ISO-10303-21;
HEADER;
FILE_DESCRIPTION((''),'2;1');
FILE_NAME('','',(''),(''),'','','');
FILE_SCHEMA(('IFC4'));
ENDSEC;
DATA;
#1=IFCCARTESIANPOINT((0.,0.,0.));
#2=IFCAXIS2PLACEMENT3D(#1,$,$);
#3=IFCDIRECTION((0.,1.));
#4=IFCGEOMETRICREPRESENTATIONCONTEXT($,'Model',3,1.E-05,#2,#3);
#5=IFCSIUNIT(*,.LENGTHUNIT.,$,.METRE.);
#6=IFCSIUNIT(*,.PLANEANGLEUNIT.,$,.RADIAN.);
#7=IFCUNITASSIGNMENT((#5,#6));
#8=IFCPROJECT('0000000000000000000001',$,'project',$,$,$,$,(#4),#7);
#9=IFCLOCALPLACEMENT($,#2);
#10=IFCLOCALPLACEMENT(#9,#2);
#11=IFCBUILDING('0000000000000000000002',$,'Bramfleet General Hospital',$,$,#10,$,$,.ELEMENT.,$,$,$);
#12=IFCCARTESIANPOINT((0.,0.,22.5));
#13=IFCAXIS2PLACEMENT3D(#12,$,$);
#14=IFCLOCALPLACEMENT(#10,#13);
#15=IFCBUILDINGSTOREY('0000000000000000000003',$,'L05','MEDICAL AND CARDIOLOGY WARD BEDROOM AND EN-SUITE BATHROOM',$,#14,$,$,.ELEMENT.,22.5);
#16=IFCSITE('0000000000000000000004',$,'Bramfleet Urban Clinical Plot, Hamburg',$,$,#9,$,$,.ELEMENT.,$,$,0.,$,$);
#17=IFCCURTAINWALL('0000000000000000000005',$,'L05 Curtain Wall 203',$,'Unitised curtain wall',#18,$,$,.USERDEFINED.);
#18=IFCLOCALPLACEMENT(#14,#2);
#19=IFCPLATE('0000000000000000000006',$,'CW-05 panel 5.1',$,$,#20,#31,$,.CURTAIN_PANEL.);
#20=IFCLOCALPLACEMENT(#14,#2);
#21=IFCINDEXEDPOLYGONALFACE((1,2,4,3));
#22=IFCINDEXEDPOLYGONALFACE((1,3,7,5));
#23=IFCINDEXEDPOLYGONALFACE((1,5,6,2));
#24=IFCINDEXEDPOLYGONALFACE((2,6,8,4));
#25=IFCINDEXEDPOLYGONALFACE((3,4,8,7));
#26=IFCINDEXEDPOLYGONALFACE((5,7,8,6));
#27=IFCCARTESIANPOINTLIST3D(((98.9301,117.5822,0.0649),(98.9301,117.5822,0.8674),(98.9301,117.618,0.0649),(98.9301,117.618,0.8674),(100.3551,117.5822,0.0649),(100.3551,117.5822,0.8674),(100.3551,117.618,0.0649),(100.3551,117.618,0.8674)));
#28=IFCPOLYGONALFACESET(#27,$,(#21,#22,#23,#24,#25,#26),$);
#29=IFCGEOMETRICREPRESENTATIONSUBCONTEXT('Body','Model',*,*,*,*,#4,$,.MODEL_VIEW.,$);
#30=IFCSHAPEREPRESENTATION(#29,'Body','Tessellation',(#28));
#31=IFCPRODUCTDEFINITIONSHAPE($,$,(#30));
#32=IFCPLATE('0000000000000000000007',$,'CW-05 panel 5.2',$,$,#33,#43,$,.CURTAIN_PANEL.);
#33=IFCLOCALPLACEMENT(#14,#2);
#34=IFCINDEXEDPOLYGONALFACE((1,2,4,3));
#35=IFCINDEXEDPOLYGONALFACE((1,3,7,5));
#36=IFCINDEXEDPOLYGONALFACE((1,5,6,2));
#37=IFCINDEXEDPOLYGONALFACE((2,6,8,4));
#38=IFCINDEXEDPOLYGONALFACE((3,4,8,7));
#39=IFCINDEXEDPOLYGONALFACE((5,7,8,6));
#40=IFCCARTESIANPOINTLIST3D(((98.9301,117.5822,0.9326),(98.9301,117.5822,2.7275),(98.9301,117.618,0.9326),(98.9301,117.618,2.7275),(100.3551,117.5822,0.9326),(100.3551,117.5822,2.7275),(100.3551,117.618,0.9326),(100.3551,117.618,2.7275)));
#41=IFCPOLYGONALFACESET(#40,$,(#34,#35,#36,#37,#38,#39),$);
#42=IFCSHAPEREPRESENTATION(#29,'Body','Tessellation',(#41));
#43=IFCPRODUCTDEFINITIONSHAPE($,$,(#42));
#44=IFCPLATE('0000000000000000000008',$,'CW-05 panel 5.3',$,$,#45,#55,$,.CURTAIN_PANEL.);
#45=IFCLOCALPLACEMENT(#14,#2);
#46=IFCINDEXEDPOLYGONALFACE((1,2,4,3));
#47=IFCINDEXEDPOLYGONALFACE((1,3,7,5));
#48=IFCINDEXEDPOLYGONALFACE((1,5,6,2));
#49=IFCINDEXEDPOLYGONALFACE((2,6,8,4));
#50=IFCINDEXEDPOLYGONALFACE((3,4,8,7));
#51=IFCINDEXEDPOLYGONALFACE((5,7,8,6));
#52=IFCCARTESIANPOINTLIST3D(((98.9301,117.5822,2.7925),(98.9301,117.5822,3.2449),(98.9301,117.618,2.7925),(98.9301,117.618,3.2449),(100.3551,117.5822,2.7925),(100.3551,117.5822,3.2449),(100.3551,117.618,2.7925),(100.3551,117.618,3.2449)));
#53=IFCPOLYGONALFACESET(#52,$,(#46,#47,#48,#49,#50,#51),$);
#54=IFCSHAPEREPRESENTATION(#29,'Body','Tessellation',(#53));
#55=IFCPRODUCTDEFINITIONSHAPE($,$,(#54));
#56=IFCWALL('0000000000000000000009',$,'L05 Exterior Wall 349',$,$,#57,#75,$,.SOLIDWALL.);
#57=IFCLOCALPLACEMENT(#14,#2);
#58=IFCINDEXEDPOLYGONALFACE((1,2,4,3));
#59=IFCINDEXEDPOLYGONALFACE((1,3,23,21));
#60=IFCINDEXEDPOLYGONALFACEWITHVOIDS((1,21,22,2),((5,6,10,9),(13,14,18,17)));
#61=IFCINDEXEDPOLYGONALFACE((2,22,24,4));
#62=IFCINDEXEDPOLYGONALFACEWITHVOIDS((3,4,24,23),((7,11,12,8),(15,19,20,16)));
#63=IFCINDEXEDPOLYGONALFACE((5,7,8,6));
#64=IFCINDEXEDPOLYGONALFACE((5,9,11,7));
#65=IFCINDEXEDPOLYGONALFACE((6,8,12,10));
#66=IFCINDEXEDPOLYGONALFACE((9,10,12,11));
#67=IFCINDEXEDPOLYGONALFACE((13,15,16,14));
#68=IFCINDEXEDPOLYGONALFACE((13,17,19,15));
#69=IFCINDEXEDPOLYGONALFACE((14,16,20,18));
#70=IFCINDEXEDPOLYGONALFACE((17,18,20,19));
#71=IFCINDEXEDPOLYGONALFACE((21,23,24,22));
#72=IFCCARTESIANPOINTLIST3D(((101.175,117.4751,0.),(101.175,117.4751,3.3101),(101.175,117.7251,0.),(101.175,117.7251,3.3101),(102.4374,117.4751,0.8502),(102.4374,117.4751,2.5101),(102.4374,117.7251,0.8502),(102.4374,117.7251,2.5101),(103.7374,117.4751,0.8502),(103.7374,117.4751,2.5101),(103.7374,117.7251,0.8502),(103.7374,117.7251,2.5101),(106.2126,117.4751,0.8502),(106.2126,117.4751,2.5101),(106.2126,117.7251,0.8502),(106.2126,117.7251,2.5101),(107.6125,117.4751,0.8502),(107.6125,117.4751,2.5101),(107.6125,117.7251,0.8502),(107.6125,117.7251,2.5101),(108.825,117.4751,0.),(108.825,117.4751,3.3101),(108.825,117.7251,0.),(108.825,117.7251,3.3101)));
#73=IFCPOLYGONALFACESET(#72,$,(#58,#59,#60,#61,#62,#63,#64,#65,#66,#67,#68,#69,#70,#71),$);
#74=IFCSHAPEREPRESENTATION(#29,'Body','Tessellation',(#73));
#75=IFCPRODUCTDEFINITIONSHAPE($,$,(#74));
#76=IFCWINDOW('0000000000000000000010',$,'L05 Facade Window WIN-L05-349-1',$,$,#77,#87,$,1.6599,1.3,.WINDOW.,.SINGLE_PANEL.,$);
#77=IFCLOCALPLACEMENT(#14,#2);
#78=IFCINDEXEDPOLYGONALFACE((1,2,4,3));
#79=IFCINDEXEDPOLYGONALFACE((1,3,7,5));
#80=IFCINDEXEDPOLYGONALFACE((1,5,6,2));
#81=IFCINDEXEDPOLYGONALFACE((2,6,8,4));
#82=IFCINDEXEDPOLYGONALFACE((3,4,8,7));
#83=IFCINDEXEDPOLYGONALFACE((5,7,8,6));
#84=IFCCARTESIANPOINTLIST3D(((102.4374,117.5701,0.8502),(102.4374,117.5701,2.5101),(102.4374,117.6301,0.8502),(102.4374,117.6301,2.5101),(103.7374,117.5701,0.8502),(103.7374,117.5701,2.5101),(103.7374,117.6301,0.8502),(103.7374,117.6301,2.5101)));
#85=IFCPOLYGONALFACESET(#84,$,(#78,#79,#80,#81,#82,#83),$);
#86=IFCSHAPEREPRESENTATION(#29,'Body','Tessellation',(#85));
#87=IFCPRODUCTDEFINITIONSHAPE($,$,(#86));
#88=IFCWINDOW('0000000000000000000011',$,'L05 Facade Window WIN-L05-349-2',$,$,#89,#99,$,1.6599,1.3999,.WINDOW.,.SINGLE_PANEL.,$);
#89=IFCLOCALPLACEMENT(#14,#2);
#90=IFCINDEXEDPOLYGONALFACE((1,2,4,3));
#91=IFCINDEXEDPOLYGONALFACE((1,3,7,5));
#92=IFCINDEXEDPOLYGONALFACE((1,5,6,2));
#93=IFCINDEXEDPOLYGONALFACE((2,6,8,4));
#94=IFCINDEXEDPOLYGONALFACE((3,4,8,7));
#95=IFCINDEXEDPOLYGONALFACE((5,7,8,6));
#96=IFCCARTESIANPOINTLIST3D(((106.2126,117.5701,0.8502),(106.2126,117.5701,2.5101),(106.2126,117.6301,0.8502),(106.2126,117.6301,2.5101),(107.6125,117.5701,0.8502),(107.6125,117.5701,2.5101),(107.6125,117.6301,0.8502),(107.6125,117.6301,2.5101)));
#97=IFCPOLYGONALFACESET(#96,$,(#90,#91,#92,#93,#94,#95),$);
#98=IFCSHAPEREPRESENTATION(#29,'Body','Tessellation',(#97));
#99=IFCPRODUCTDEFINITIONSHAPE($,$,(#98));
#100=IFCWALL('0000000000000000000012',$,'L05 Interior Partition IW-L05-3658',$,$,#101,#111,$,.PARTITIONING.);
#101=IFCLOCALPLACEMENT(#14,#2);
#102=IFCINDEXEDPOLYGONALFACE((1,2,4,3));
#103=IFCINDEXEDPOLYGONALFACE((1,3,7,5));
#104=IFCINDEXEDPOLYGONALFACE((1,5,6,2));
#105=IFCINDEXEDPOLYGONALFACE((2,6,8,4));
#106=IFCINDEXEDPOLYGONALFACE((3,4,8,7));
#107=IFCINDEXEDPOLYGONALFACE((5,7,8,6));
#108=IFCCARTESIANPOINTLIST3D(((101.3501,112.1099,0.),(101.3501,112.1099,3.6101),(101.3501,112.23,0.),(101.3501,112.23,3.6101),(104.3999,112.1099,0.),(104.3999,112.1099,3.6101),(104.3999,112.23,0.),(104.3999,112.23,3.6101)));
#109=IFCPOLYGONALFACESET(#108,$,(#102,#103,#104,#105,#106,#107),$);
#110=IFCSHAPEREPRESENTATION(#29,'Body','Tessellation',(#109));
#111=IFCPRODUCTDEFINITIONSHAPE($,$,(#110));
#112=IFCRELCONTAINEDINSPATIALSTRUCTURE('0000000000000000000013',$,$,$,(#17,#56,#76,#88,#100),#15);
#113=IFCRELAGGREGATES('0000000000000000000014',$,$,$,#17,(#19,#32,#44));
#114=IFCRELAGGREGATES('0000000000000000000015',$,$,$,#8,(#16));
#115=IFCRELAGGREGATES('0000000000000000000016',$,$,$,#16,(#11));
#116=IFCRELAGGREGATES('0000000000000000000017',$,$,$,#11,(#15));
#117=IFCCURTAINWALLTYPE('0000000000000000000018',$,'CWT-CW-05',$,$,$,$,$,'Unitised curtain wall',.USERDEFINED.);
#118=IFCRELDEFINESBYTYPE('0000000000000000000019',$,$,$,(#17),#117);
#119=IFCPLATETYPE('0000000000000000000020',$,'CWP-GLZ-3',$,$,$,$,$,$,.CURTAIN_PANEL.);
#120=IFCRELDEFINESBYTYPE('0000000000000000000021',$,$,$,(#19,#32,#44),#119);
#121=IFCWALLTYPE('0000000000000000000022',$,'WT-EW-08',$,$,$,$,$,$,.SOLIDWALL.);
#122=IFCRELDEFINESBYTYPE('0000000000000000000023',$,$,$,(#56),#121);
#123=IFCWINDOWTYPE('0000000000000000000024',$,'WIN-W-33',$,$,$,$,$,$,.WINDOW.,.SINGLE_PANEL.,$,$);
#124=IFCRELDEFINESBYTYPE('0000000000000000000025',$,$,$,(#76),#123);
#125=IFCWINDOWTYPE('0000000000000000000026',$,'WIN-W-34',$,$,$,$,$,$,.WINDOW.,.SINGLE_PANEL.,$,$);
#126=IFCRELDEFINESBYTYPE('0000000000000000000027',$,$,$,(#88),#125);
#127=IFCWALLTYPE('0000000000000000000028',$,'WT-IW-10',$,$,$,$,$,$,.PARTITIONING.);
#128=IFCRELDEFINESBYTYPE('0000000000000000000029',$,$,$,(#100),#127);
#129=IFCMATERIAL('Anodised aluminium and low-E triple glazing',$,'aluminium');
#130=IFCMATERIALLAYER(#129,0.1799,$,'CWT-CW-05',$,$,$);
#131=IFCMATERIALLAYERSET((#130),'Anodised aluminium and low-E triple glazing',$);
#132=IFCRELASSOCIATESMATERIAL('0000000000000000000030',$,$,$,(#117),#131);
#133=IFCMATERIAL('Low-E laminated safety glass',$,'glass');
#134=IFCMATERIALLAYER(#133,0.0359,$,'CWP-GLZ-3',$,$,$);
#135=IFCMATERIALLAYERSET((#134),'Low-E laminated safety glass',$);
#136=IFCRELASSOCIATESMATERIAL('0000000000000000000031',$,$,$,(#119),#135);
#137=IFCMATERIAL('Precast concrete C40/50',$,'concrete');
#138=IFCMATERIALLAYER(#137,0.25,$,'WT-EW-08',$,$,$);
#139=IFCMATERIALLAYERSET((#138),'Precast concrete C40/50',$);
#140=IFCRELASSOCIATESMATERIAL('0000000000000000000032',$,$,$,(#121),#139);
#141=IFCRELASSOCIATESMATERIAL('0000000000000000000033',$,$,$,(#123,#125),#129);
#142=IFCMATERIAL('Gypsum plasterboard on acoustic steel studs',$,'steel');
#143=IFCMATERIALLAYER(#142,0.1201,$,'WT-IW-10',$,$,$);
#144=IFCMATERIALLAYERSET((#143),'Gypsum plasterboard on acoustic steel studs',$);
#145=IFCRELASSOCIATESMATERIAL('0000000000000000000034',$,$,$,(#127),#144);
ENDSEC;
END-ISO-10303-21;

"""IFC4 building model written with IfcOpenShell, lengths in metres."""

from ifc_helpers import new_model, si_unit, direction, frame, frame_2d, origin, origin_2d, place, context, subcontext, project, spatial, rectangle, extrude, material, layer, layer_set, type_object, element, fill, aggregate, save


model = new_model("IFC4")

# Units and contexts
model_context = context("Model", 3, precision=1e-05, world=origin(), true_north=direction((0.0, 1.0)))
body_context = subcontext(model_context, "Body", "Model", "MODEL_VIEW")
ifc_project = project(units=[si_unit("LENGTHUNIT", "METRE"), si_unit("PLANEANGLEUNIT", "RADIAN")], contexts=[model_context])

# Site, building, storey
site_placement = place(None, origin())
site = spatial("IfcSite", under=ifc_project, at=site_placement, Name="Bramfleet Urban Clinical Plot, Hamburg", CompositionType="ELEMENT", RefElevation=0.0)
building_placement = place(site_placement, origin())
building = spatial("IfcBuilding", under=site, at=building_placement, Name="Bramfleet General Hospital", CompositionType="ELEMENT")
storey_placement = place(building_placement, frame((0.0, 0.0, 22.5)))
storey = spatial("IfcBuildingStorey", under=building, at=storey_placement, Name="L05", Description="MEDICAL AND CARDIOLOGY WARD BEDROOM AND EN-SUITE BATHROOM", CompositionType="ELEMENT", Elevation=22.5)

# Curtain wall, plates
ifc_material_1 = material(Name="Anodised aluminium and low-E triple glazing", Category="aluminium")
ifc_layer_1 = layer(ifc_material_1, 0.1799, Name="CWT-CW-05")
ifc_layer_set_1 = layer_set([ifc_layer_1], Name="Anodised aluminium and low-E triple glazing")
curtain_wall_type = type_object("IfcCurtainWallType", Name="CWT-CW-05", ElementType="Unitised curtain wall", PredefinedType="USERDEFINED", material=ifc_layer_set_1)
curtain_wall_placement = place(storey_placement, origin())
curtain_wall = element("IfcCurtainWall", 1, at=curtain_wall_placement, inside=storey, type_object=curtain_wall_type, Name="L05 Curtain Wall 203", ObjectType="Unitised curtain wall", PredefinedType="USERDEFINED")
ifc_material_2 = material(Name="Low-E laminated safety glass", Category="glass")
ifc_layer_2 = layer(ifc_material_2, 0.0359, Name="CWP-GLZ-3")
ifc_layer_set_2 = layer_set([ifc_layer_2], Name="Low-E laminated safety glass")
plate_type = type_object("IfcPlateType", Name="CWP-GLZ-3", PredefinedType="CURTAIN_PANEL", material=ifc_layer_set_2)
plate_1_placement = place(storey_placement, frame((99.6426, 117.6001, 0.0649), z_axis=(0.0, 0.0, 1.0), x_axis=(1.0, 0.0, 0.0)))
plate_1 = element("IfcPlate", 2, at=plate_1_placement, type_object=plate_type, Name="CW-05 panel 5.1", PredefinedType="CURTAIN_PANEL", context=body_context, shape_type="SweptSolid", body=[
    extrude(rectangle(XDim=1.425, YDim=0.0359, at=origin_2d()), origin(), (0.0, 0.0, 1.0), 0.8025),
])
plate_2_placement = place(storey_placement, frame((99.6426, 117.6001, 0.9326), z_axis=(0.0, 0.0, 1.0), x_axis=(1.0, 0.0, 0.0)))
plate_2 = element("IfcPlate", 3, at=plate_2_placement, type_object=plate_type, Name="CW-05 panel 5.2", PredefinedType="CURTAIN_PANEL", context=body_context, shape_type="SweptSolid", body=[
    extrude(rectangle(XDim=1.425, YDim=0.0359, at=origin_2d()), origin(), (0.0, 0.0, 1.0), 1.7949),
])
plate_3_placement = place(storey_placement, frame((99.6426, 117.6001, 2.7925), z_axis=(0.0, 0.0, 1.0), x_axis=(1.0, 0.0, 0.0)))
plate_3 = element("IfcPlate", 4, at=plate_3_placement, type_object=plate_type, Name="CW-05 panel 5.3", PredefinedType="CURTAIN_PANEL", context=body_context, shape_type="SweptSolid", body=[
    extrude(rectangle(XDim=1.425, YDim=0.0359, at=origin_2d()), origin(), (0.0, 0.0, 1.0), 0.4524),
])
aggregate(curtain_wall, [plate_1, plate_2, plate_3])

# Wall, openings, windows
ifc_material_3 = material(Name="Precast concrete C40/50", Category="concrete")
ifc_layer_3 = layer(ifc_material_3, 0.25, Name="WT-EW-08")
ifc_layer_set_3 = layer_set([ifc_layer_3], Name="Precast concrete C40/50")
wall_type_1 = type_object("IfcWallType", Name="WT-EW-08", PredefinedType="SOLIDWALL", material=ifc_layer_set_3)
wall_1_placement = place(storey_placement, frame((101.175, 117.6001, 0.0), z_axis=(0.0, 0.0, 1.0), x_axis=(1.0, 0.0, 0.0)))
wall_1 = element("IfcWall", 5, at=wall_1_placement, inside=storey, type_object=wall_type_1, Name="L05 Exterior Wall 349", PredefinedType="SOLIDWALL", context=body_context, shape_type="SweptSolid", body=[
    extrude(rectangle(XDim=7.6499, YDim=0.25, at=frame_2d((3.825, 0.0))), origin(), (0.0, 0.0, 1.0), 3.3101),
])
opening_1_placement = place(wall_1_placement, frame((1.2625, 0.0, 0.8501)))
opening_1 = element("IfcOpeningElement", 6, at=opening_1_placement, cuts=wall_1, PredefinedType="OPENING", context=body_context, shape_type="SweptSolid", body=[
    extrude(rectangle(XDim=1.3, YDim=1.6599, at=frame_2d((0.6499, 0.8301))), frame((0.0, 0.135, 0.0), z_axis=(0.0, -1.0, 0.0), x_axis=(1.0, 0.0, 0.0)), (0.0, 0.0, 1.0), 0.27),
])
opening_2_placement = place(wall_1_placement, frame((5.0376, 0.0, 0.8501)))
opening_2 = element("IfcOpeningElement", 7, at=opening_2_placement, cuts=wall_1, PredefinedType="OPENING", context=body_context, shape_type="SweptSolid", body=[
    extrude(rectangle(XDim=1.3999, YDim=1.6599, at=frame_2d((0.7, 0.8301))), frame((0.0, 0.135, 0.0), z_axis=(0.0, -1.0, 0.0), x_axis=(1.0, 0.0, 0.0)), (0.0, 0.0, 1.0), 0.27),
])
window_type_1 = type_object("IfcWindowType", Name="WIN-W-33", PartitioningType="SINGLE_PANEL", PredefinedType="WINDOW", material=ifc_material_1)
window_1_placement = place(opening_1_placement, origin())
window_1 = element("IfcWindow", 8, at=window_1_placement, inside=storey, type_object=window_type_1, Name="L05 Facade Window WIN-L05-349-1", OverallHeight=1.6599, OverallWidth=1.3, PartitioningType="SINGLE_PANEL", PredefinedType="WINDOW", context=body_context, shape_type="SweptSolid", body=[
    extrude(rectangle(XDim=1.3, YDim=1.6599, at=frame_2d((0.6499, 0.8301))), frame((0.0, 0.03, 0.0), z_axis=(0.0, -1.0, 0.0), x_axis=(1.0, 0.0, 0.0)), (0.0, 0.0, 1.0), 0.0601),
])
fill(opening_1, window_1)
window_type_2 = type_object("IfcWindowType", Name="WIN-W-34", PartitioningType="SINGLE_PANEL", PredefinedType="WINDOW", material=ifc_material_1)
window_2_placement = place(opening_2_placement, origin())
window_2 = element("IfcWindow", 9, at=window_2_placement, inside=storey, type_object=window_type_2, Name="L05 Facade Window WIN-L05-349-2", OverallHeight=1.6599, OverallWidth=1.3999, PartitioningType="SINGLE_PANEL", PredefinedType="WINDOW", context=body_context, shape_type="SweptSolid", body=[
    extrude(rectangle(XDim=1.3999, YDim=1.6599, at=frame_2d((0.7, 0.8301))), frame((0.0, 0.03, 0.0), z_axis=(0.0, -1.0, 0.0), x_axis=(1.0, 0.0, 0.0)), (0.0, 0.0, 1.0), 0.0601),
])
fill(opening_2, window_2)

# Wall
ifc_material_4 = material(Name="Gypsum plasterboard on acoustic steel studs", Category="steel")
ifc_layer_4 = layer(ifc_material_4, 0.1201, Name="WT-IW-10")
ifc_layer_set_4 = layer_set([ifc_layer_4], Name="Gypsum plasterboard on acoustic steel studs")
wall_type_2 = type_object("IfcWallType", Name="WT-IW-10", PredefinedType="PARTITIONING", material=ifc_layer_set_4)
wall_2_placement = place(storey_placement, frame((101.3501, 112.1699, 0.0), z_axis=(0.0, 0.0, 1.0), x_axis=(1.0, 0.0, 0.0)))
element("IfcWall", 10, at=wall_2_placement, inside=storey, type_object=wall_type_2, Name="L05 Interior Partition IW-L05-3658", PredefinedType="PARTITIONING", context=body_context, shape_type="SweptSolid", body=[
    extrude(rectangle(XDim=3.0498, YDim=0.1201, at=frame_2d((1.5249, 0.0))), origin(), (0.0, 0.0, 1.0), 3.6101),
])

save(model, "model.ifc")
